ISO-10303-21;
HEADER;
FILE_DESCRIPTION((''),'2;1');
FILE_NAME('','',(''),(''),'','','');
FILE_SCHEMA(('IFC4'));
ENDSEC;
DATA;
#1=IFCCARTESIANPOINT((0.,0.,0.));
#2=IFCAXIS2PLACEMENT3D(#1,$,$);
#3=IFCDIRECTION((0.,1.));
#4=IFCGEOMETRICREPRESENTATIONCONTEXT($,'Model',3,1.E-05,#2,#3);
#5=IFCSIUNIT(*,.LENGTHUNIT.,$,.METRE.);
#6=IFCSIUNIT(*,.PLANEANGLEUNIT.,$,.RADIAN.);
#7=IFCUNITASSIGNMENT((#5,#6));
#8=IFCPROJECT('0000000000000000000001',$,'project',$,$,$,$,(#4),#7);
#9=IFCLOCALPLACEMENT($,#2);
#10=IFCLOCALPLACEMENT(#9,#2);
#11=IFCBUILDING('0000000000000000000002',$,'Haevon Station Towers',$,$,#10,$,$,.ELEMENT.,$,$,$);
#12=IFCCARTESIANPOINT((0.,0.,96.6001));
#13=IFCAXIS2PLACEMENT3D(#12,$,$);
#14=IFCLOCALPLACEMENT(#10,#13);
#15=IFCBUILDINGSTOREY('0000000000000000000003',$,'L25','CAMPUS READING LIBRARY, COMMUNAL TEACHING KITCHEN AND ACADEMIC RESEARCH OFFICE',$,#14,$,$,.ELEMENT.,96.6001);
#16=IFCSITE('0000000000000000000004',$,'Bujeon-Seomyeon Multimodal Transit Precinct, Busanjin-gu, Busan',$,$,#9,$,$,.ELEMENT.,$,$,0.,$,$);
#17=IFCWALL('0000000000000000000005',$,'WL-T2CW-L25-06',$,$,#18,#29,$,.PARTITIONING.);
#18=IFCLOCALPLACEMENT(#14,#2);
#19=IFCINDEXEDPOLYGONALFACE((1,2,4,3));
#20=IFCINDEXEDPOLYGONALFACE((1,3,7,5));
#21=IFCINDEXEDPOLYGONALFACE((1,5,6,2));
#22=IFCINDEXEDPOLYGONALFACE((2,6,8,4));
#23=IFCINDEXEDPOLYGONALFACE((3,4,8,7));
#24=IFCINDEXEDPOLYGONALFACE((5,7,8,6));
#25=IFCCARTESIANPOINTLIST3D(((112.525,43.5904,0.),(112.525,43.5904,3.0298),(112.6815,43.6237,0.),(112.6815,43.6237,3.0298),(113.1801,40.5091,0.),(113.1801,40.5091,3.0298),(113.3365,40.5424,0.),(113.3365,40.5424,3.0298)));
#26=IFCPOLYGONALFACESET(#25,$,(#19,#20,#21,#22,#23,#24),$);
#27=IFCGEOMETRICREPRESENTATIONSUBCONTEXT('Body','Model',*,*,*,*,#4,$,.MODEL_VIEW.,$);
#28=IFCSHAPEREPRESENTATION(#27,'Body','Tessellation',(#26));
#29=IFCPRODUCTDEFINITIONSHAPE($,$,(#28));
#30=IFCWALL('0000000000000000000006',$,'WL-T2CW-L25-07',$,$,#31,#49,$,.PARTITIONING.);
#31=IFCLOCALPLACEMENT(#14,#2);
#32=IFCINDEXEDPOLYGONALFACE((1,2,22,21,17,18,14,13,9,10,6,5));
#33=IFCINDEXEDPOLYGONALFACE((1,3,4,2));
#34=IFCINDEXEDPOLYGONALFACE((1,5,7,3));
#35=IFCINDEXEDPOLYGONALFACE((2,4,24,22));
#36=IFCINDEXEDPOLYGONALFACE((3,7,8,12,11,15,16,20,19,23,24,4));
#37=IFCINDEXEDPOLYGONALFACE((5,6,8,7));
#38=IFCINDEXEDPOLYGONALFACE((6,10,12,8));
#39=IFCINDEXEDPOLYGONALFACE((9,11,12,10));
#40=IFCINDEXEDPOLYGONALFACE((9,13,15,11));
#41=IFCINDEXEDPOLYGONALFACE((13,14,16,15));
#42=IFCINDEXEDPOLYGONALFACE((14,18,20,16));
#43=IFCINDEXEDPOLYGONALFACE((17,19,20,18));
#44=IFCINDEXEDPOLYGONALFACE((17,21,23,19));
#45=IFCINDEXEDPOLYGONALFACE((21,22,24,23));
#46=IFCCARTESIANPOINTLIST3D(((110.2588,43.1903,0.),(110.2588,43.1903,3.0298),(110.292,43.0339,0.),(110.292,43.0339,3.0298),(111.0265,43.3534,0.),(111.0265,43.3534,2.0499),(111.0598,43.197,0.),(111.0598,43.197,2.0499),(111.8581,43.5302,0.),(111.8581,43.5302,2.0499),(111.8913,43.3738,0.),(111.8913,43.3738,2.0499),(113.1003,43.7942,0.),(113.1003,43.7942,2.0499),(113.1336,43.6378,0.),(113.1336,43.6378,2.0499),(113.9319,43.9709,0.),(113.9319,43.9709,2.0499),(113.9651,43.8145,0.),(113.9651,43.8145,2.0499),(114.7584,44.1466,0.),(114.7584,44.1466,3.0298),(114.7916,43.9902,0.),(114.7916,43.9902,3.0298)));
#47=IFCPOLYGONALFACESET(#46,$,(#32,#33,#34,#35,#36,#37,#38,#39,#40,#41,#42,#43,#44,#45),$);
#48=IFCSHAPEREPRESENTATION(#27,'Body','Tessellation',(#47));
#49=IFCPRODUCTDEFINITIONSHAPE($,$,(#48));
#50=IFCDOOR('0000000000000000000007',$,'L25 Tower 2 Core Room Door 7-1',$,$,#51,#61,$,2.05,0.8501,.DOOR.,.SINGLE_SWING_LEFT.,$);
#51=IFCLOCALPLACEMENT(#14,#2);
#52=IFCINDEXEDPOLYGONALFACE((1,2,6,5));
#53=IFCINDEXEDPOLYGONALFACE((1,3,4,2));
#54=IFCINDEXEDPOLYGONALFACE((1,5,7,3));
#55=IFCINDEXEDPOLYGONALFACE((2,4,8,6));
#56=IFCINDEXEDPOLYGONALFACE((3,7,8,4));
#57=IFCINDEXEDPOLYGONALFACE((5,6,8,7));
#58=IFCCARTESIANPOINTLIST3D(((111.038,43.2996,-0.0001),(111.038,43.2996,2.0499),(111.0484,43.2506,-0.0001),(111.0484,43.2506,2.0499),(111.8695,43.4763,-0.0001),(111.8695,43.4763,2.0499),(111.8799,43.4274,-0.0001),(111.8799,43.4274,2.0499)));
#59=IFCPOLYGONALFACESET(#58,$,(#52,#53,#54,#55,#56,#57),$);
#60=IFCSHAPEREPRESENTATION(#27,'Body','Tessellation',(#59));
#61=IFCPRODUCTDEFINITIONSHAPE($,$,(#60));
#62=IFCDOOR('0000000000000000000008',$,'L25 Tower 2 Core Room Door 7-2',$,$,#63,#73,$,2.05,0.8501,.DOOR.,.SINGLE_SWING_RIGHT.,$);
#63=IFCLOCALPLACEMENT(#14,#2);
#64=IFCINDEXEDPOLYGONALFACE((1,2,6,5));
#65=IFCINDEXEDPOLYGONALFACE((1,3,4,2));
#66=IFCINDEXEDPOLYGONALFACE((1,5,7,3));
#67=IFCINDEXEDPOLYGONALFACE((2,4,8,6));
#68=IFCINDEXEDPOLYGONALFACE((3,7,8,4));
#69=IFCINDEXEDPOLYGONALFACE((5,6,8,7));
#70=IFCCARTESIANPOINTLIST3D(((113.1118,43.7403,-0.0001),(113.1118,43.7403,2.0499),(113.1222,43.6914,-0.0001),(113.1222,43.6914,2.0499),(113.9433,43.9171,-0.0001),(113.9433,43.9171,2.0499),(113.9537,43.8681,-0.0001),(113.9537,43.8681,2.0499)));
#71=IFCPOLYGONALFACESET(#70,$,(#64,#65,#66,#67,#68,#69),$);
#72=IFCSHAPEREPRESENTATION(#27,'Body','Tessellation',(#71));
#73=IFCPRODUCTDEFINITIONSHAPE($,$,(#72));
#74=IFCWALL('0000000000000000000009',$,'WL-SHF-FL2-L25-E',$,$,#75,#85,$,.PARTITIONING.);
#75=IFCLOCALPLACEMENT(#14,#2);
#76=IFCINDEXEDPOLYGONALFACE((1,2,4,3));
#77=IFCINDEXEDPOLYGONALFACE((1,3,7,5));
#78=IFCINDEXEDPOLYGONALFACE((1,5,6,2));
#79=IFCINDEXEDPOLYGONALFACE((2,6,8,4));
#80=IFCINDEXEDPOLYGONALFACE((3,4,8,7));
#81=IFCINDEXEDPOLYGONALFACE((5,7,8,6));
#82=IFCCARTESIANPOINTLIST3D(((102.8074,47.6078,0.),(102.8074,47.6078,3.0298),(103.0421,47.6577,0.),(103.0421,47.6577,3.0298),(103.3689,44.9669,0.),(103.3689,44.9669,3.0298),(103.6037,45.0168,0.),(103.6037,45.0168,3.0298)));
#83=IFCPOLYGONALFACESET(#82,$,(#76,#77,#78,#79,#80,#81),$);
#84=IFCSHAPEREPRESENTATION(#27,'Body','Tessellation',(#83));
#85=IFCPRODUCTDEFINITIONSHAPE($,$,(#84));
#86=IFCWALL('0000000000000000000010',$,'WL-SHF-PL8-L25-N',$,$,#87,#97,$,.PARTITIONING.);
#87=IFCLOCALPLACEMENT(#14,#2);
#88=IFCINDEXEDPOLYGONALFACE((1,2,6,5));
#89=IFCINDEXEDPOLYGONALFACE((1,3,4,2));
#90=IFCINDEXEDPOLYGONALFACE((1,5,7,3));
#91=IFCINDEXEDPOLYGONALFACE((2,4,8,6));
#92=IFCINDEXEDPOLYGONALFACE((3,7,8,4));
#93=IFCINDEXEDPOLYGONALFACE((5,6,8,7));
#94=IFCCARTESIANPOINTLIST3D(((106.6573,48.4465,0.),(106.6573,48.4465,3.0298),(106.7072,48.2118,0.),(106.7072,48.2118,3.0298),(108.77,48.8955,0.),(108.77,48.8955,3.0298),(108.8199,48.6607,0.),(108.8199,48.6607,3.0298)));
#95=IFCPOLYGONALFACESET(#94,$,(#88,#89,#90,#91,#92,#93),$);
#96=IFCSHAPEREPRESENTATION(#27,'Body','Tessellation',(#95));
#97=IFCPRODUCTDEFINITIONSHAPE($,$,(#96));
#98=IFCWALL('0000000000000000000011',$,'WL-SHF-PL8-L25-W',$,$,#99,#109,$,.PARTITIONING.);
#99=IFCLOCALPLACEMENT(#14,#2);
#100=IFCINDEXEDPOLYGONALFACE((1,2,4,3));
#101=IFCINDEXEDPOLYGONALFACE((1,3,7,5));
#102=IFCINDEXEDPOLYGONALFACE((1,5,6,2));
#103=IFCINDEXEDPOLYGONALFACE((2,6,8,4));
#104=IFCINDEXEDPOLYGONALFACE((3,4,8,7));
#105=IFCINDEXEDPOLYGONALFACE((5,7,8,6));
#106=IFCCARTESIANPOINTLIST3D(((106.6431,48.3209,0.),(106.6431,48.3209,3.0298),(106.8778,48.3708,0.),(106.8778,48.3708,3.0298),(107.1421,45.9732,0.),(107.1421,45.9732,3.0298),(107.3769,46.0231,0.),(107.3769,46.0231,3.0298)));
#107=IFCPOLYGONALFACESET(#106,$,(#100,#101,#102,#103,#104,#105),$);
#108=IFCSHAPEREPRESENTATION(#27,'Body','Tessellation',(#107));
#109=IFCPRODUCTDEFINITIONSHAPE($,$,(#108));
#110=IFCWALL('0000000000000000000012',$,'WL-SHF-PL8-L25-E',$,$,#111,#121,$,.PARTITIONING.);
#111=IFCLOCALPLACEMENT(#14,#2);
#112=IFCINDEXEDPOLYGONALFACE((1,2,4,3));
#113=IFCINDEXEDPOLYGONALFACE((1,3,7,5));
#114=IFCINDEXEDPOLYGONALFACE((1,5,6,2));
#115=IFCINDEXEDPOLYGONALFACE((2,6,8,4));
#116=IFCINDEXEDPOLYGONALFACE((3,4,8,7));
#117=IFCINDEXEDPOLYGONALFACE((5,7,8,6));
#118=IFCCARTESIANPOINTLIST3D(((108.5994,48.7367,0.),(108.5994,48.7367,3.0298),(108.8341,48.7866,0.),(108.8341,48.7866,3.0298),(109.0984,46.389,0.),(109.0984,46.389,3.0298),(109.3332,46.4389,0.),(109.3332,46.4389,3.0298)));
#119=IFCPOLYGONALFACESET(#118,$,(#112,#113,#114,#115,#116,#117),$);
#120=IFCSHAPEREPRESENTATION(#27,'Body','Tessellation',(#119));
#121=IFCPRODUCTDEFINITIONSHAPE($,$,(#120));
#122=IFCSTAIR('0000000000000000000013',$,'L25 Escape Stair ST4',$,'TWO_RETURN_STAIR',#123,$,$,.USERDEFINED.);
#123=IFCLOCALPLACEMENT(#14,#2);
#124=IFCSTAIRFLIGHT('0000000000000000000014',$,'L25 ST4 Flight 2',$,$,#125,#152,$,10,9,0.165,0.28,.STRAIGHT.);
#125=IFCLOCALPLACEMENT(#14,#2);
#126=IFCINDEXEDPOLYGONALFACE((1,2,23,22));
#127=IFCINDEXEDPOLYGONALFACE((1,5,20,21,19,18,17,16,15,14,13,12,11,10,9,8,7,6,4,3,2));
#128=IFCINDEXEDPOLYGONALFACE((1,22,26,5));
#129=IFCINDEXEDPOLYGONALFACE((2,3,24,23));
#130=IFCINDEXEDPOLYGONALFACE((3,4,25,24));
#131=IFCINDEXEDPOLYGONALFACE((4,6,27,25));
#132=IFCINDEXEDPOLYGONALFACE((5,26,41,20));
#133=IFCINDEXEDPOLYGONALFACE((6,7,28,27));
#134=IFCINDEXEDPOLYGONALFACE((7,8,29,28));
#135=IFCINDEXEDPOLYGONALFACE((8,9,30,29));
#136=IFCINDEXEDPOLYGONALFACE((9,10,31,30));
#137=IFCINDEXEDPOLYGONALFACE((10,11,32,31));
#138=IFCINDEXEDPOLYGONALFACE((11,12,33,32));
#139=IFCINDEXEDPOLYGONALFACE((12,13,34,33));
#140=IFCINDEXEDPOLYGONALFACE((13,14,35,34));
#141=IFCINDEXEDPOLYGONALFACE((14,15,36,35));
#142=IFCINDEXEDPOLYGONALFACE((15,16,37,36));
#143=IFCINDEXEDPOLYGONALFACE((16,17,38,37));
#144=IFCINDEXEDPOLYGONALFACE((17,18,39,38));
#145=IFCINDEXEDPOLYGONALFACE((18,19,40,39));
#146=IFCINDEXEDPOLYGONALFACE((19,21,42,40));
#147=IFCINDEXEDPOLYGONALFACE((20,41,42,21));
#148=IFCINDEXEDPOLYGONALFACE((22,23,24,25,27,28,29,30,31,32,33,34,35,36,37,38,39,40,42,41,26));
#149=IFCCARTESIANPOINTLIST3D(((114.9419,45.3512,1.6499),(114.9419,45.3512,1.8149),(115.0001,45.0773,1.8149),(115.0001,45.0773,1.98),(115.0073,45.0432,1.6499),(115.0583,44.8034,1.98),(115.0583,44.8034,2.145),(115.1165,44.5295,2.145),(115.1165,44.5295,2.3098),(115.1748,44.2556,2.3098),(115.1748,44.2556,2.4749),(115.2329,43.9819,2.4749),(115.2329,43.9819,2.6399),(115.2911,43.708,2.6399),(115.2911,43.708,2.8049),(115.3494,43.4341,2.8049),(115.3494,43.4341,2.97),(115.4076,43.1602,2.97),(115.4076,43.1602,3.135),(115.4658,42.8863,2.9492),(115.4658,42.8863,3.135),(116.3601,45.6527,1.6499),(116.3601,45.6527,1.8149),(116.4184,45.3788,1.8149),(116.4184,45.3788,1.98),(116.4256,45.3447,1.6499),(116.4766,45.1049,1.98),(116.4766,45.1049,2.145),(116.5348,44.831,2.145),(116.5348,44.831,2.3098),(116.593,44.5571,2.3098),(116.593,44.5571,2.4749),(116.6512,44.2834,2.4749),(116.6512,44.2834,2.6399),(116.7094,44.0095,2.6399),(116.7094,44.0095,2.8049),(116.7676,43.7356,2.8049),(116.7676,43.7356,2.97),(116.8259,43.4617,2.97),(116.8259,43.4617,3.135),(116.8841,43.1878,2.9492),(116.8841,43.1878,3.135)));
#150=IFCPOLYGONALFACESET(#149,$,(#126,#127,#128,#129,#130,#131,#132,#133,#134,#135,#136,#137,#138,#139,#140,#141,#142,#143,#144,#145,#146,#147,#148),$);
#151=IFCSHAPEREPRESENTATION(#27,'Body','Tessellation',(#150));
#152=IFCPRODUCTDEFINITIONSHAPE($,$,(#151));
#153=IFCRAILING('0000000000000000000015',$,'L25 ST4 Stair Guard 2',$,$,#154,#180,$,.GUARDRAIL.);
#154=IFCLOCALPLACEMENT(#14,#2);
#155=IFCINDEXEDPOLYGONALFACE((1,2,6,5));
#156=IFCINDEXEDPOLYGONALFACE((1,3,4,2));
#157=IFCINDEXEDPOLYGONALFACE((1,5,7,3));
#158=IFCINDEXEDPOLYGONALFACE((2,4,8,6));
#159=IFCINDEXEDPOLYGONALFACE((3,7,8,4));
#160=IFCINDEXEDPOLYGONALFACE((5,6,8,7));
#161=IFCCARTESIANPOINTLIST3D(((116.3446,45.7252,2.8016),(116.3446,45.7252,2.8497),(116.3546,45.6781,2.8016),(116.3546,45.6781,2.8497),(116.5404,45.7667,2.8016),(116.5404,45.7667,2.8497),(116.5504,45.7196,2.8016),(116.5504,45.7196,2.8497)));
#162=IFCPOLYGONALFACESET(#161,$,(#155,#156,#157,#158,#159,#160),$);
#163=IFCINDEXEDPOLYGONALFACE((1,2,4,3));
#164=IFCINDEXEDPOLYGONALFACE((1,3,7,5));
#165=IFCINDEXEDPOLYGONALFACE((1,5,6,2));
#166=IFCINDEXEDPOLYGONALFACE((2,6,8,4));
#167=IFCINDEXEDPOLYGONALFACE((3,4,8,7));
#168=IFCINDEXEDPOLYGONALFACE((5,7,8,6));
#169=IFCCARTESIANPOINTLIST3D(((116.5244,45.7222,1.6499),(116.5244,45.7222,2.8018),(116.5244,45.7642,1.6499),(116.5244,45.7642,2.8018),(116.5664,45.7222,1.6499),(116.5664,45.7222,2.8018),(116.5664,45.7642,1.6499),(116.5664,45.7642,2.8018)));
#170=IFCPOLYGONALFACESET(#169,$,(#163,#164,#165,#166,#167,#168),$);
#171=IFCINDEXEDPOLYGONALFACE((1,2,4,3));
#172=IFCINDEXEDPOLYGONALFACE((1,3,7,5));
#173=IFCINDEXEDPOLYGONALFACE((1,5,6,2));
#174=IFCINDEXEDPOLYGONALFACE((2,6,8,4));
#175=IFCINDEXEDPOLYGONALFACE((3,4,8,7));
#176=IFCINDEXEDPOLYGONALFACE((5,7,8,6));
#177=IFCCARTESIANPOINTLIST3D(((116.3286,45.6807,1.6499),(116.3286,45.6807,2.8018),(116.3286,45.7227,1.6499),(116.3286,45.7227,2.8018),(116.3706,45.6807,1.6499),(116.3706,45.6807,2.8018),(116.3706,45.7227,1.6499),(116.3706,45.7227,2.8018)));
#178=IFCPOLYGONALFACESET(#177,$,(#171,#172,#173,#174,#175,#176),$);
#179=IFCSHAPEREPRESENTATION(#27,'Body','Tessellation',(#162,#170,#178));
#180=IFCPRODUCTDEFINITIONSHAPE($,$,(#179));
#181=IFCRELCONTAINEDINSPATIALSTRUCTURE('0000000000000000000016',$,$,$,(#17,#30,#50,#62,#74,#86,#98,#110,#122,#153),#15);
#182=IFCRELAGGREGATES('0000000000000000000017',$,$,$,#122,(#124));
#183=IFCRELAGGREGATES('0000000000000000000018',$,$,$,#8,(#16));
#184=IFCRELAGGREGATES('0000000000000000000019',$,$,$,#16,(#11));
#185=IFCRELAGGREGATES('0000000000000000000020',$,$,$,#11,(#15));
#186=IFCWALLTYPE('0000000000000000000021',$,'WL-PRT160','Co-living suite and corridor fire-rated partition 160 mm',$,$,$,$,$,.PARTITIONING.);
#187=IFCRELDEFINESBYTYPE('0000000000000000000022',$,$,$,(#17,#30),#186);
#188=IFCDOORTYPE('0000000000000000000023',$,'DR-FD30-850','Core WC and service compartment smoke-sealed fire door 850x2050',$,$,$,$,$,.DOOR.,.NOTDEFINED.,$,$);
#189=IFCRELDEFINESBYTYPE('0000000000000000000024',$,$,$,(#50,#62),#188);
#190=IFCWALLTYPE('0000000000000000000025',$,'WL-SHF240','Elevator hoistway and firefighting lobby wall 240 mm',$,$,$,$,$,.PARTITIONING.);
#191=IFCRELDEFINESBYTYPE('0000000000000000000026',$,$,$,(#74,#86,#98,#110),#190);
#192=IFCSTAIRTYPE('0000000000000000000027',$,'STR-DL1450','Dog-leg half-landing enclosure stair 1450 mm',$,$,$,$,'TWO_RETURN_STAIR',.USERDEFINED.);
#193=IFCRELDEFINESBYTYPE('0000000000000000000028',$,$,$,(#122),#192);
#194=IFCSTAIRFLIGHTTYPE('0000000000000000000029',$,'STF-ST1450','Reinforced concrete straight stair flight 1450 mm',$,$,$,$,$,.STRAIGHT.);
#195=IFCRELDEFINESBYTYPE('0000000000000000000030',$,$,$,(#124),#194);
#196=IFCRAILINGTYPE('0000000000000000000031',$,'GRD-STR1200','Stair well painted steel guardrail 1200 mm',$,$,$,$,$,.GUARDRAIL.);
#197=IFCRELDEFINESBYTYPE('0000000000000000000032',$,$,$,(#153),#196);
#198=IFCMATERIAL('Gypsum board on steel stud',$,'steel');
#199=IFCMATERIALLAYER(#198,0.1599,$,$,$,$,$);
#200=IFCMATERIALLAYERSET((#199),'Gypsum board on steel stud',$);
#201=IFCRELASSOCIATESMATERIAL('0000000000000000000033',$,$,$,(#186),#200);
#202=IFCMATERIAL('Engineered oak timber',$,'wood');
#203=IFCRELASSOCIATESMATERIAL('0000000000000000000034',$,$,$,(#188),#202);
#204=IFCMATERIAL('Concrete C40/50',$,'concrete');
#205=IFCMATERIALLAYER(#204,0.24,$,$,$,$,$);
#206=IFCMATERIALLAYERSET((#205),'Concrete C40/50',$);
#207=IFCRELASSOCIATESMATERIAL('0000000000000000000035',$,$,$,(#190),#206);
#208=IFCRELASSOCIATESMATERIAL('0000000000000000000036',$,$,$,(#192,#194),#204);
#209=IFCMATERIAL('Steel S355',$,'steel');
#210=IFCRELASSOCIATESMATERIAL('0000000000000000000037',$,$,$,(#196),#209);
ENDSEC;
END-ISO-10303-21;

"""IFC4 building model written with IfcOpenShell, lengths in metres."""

from ifc_helpers import new_model, si_unit, direction, frame, frame_2d, origin, origin_2d, place, context, subcontext, project, spatial, polyline, rectangle, outline, extrude, material, layer, layer_set, type_object, element, fill, aggregate, save


model = new_model("IFC4")

# Units and contexts
model_context = context("Model", 3, precision=1e-05, world=origin(), true_north=direction((0.0, 1.0)))
body_context = subcontext(model_context, "Body", "Model", "MODEL_VIEW")
ifc_project = project(units=[si_unit("LENGTHUNIT", "METRE"), si_unit("PLANEANGLEUNIT", "RADIAN")], contexts=[model_context])

# Site, building, storey
site_placement = place(None, origin())
site = spatial("IfcSite", under=ifc_project, at=site_placement, Name="Bujeon-Seomyeon Multimodal Transit Precinct, Busanjin-gu, Busan", CompositionType="ELEMENT", RefElevation=0.0)
building_placement = place(site_placement, origin())
building = spatial("IfcBuilding", under=site, at=building_placement, Name="Haevon Station Towers", CompositionType="ELEMENT")
storey_placement = place(building_placement, frame((0.0, 0.0, 96.6001)))
storey = spatial("IfcBuildingStorey", under=building, at=storey_placement, Name="L25", Description="CAMPUS READING LIBRARY, COMMUNAL TEACHING KITCHEN AND ACADEMIC RESEARCH OFFICE", CompositionType="ELEMENT", Elevation=96.6001)

# Shared definitions
ifc_material_1 = material(Name="Steel S355", Category="steel")

# Shared definitions
ifc_material_2 = material(Name="Gypsum board on steel stud", Category="steel")
ifc_material_3 = material(Name="Engineered oak timber", Category="wood")

# Shared definitions
ifc_layer_1 = layer(ifc_material_2, 0.1599)
ifc_layer_set_1 = layer_set([ifc_layer_1], Name="Gypsum board on steel stud")
wall_type_1 = type_object("IfcWallType", Name="WL-PRT160", Description="Co-living suite and corridor fire-rated partition 160 mm", PredefinedType="PARTITIONING", material=ifc_layer_set_1)

# Wall
wall_1_placement = place(storey_placement, frame((113.2583, 40.5256, 0.0), z_axis=(0.0, 0.0, 1.0), x_axis=(-0.207936, 0.978142, 0.0)))
element("IfcWall", 1, at=wall_1_placement, inside=storey, type_object=wall_type_1, Name="WL-T2CW-L25-06", PredefinedType="PARTITIONING", context=body_context, shape_type="SweptSolid", body=[
    extrude(rectangle(XDim=3.1501, YDim=0.1599, at=frame_2d((1.5752, 0.0))), origin(), (0.0, 0.0, 1.0), 3.0298),
])

# Wall, openings, doors
wall_2_placement = place(storey_placement, frame((110.2754, 43.1121, 0.0), z_axis=(0.0, 0.0, 1.0), x_axis=(0.978152, 0.20789, 0.0)))
wall_2 = element("IfcWall", 2, at=wall_2_placement, inside=storey, type_object=wall_type_1, Name="WL-T2CW-L25-07", PredefinedType="PARTITIONING", context=body_context, shape_type="SweptSolid", body=[
    extrude(rectangle(XDim=4.6001, YDim=0.1599, at=frame_2d((2.3, 0.0))), origin(), (0.0, 0.0, 1.0), 3.0298),
])
opening_1_placement = place(wall_2_placement, frame((0.7849, 0.0, 0.0)))
opening_1 = element("IfcOpeningElement", 3, at=opening_1_placement, cuts=wall_2, PredefinedType="OPENING", context=body_context, shape_type="SweptSolid", body=[
    extrude(rectangle(XDim=0.8501, YDim=2.05, at=frame_2d((0.425, 1.0249))), frame((0.0, 0.0898, 0.0), z_axis=(0.0, -1.0, 0.0), x_axis=(1.0, 0.0, 0.0)), (0.0, 0.0, 1.0), 0.1799),
])
opening_2_placement = place(wall_2_placement, frame((2.905, 0.0, 0.0)))
opening_2 = element("IfcOpeningElement", 4, at=opening_2_placement, cuts=wall_2, PredefinedType="OPENING", context=body_context, shape_type="SweptSolid", body=[
    extrude(rectangle(XDim=0.8501, YDim=2.05, at=frame_2d((0.425, 1.0249))), frame((0.0, 0.0898, 0.0), z_axis=(0.0, -1.0, 0.0), x_axis=(1.0, 0.0, 0.0)), (0.0, 0.0, 1.0), 0.1799),
])
door_type_1 = type_object("IfcDoorType", Name="DR-FD30-850", Description="Core WC and service compartment smoke-sealed fire door 850x2050", OperationType="NOTDEFINED", PredefinedType="DOOR", material=ifc_material_3)
door_1_placement = place(opening_1_placement, origin())
door_1 = element("IfcDoor", 5, at=door_1_placement, inside=storey, type_object=door_type_1, Name="L25 Tower 2 Core Room Door 7-1", OperationType="SINGLE_SWING_LEFT", OverallHeight=2.05, OverallWidth=0.8501, PredefinedType="DOOR", context=body_context, shape_type="SweptSolid", body=[
    extrude(rectangle(XDim=0.8501, YDim=2.05, at=frame_2d((0.425, 1.0249))), frame((0.0, 0.0249, 0.0), z_axis=(0.0, -1.0, 0.0), x_axis=(1.0, 0.0, 0.0)), (0.0, 0.0, 1.0), 0.05),
])
fill(opening_1, door_1)
door_2_placement = place(opening_2_placement, origin())
door_2 = element("IfcDoor", 6, at=door_2_placement, inside=storey, type_object=door_type_1, Name="L25 Tower 2 Core Room Door 7-2", OperationType="SINGLE_SWING_RIGHT", OverallHeight=2.05, OverallWidth=0.8501, PredefinedType="DOOR", context=body_context, shape_type="SweptSolid", body=[
    extrude(rectangle(XDim=0.8501, YDim=2.05, at=frame_2d((0.425, 1.0249))), frame((0.0, 0.0249, 0.0), z_axis=(0.0, -1.0, 0.0), x_axis=(1.0, 0.0, 0.0)), (0.0, 0.0, 1.0), 0.05),
])
fill(opening_2, door_2)

# Wall
ifc_material_4 = material(Name="Concrete C40/50", Category="concrete")
ifc_layer_2 = layer(ifc_material_4, 0.24)
ifc_layer_set_2 = layer_set([ifc_layer_2], Name="Concrete C40/50")
wall_type_2 = type_object("IfcWallType", Name="WL-SHF240", Description="Elevator hoistway and firefighting lobby wall 240 mm", PredefinedType="PARTITIONING", material=ifc_layer_set_2)
wall_3_placement = place(storey_placement, frame((103.4863, 44.9917, 0.0), z_axis=(0.0, 0.0, 1.0), x_axis=(-0.207979, 0.978133, 0.0)))
element("IfcWall", 7, at=wall_3_placement, inside=storey, type_object=wall_type_2, Name="WL-SHF-FL2-L25-E", PredefinedType="PARTITIONING", context=body_context, shape_type="SweptSolid", body=[
    extrude(rectangle(XDim=2.7, YDim=0.24, at=frame_2d((1.3501, 0.0))), origin(), (0.0, 0.0, 1.0), 3.0298),
])

# Walls
wall_4_placement = place(storey_placement, frame((106.6821, 48.3291, 0.0), z_axis=(0.0, 0.0, 1.0), x_axis=(0.978158, 0.207861, 0.0)))
element("IfcWall", 8, at=wall_4_placement, inside=storey, type_object=wall_type_2, Name="WL-SHF-PL8-L25-N", PredefinedType="PARTITIONING", context=body_context, shape_type="SweptSolid", body=[
    extrude(rectangle(XDim=2.1599, YDim=0.24, at=frame_2d((1.0801, 0.0))), origin(), (0.0, 0.0, 1.0), 3.0298),
])
for number, where, z_axis, x_axis, name in (
    (9, (107.2595, 45.998, 0.0), (0.0, 0.0, 1.0), (-0.207917, 0.978146, 0.0), "WL-SHF-PL8-L25-W"),
    (10, (109.2158, 46.4138, 0.0), (0.0, 0.0, 1.0), (-0.207917, 0.978146, 0.0), "WL-SHF-PL8-L25-E"),
):
    element("IfcWall", number, at=place(storey_placement, frame(where, z_axis=z_axis, x_axis=x_axis)), inside=storey, type_object=wall_type_2, Name=name, PredefinedType="PARTITIONING", context=body_context, shape_type="SweptSolid", body=[
        extrude(rectangle(XDim=2.4001, YDim=0.24, at=frame_2d((1.2002, 0.0))), origin(), (0.0, 0.0, 1.0), 3.0298),
    ])

# Stair, stair flight
stair_type = type_object("IfcStairType", Name="STR-DL1450", Description="Dog-leg half-landing enclosure stair 1450 mm", ElementType="TWO_RETURN_STAIR", PredefinedType="USERDEFINED", material=ifc_material_4)
stair_placement = place(storey_placement, origin())
stair = element("IfcStair", 11, at=stair_placement, inside=storey, type_object=stair_type, Name="L25 Escape Stair ST4", ObjectType="TWO_RETURN_STAIR", PredefinedType="USERDEFINED")
stair_flight_type = type_object("IfcStairFlightType", Name="STF-ST1450", Description="Reinforced concrete straight stair flight 1450 mm", PredefinedType="STRAIGHT", material=ifc_material_4)
stair_flight_placement = place(storey_placement, frame((115.6509, 45.502, 1.6499), z_axis=(0.0, 0.0, 1.0), x_axis=(0.207912, -0.978148, 0.0)))
stair_flight = element("IfcStairFlight", 12, at=stair_flight_placement, type_object=stair_flight_type, Name="L25 ST4 Flight 2", NumberOfRisers=10, NumberOfTreads=9, PredefinedType="STRAIGHT", RiserHeight=0.165, TreadLength=0.28, context=body_context, shape_type="SweptSolid", body=[
    extrude(outline(polyline([(0.0, 0.0), (0.0, 0.165), (0.28, 0.165), (0.28, 0.3301), (0.5601, 0.3301), (0.5601, 0.4951), (0.8401, 0.4951), (0.8401, 0.6599), (1.1201, 0.6599), (1.1201, 0.825), (1.3999, 0.825), (1.3999, 0.99), (1.6799, 0.99), (1.6799, 1.155), (1.96, 1.155), (1.96, 1.3201), (2.24, 1.3201), (2.24, 1.4851), (2.52, 1.4851), (2.52, 1.6499), (2.52, 1.2993), (0.3149, 0.0), (0.0, 0.0)])), frame((0.0, 0.7251, 0.0), z_axis=(0.0, -1.0, 0.0), x_axis=(1.0, 0.0, 0.0)), (0.0, 0.0, 1.0), 1.45),
])
aggregate(stair, [stair_flight])

# Railing
railing_type_1 = type_object("IfcRailingType", Name="GRD-STR1200", Description="Stair well painted steel guardrail 1200 mm", PredefinedType="GUARDRAIL", material=ifc_material_1)
railing_1_placement = place(storey_placement, frame((116.5454, 45.7432, 1.6499)))
element("IfcRailing", 13, at=railing_1_placement, inside=storey, type_object=railing_type_1, Name="L25 ST4 Stair Guard 2", PredefinedType="GUARDRAIL", context=body_context, shape_type="SweptSolid", body=[
    extrude(rectangle(XDim=0.0481, YDim=0.0481, at=origin_2d()), frame((0.0, 0.0, 1.1758), z_axis=(-0.978264, -0.207363, 0.0), x_axis=(0.207363, -0.978264, 0.0)), (0.0, 0.0, 1.0), 0.2002),
    extrude(rectangle(XDim=0.042, YDim=0.042, at=origin_2d()), origin(), (0.0, 0.0, 1.0), 1.1519),
    extrude(rectangle(XDim=0.042, YDim=0.042, at=origin_2d()), frame((-0.1958, -0.0415, 0.0)), (0.0, 0.0, 1.0), 1.1519),
])

save(model, "model.ifc")
